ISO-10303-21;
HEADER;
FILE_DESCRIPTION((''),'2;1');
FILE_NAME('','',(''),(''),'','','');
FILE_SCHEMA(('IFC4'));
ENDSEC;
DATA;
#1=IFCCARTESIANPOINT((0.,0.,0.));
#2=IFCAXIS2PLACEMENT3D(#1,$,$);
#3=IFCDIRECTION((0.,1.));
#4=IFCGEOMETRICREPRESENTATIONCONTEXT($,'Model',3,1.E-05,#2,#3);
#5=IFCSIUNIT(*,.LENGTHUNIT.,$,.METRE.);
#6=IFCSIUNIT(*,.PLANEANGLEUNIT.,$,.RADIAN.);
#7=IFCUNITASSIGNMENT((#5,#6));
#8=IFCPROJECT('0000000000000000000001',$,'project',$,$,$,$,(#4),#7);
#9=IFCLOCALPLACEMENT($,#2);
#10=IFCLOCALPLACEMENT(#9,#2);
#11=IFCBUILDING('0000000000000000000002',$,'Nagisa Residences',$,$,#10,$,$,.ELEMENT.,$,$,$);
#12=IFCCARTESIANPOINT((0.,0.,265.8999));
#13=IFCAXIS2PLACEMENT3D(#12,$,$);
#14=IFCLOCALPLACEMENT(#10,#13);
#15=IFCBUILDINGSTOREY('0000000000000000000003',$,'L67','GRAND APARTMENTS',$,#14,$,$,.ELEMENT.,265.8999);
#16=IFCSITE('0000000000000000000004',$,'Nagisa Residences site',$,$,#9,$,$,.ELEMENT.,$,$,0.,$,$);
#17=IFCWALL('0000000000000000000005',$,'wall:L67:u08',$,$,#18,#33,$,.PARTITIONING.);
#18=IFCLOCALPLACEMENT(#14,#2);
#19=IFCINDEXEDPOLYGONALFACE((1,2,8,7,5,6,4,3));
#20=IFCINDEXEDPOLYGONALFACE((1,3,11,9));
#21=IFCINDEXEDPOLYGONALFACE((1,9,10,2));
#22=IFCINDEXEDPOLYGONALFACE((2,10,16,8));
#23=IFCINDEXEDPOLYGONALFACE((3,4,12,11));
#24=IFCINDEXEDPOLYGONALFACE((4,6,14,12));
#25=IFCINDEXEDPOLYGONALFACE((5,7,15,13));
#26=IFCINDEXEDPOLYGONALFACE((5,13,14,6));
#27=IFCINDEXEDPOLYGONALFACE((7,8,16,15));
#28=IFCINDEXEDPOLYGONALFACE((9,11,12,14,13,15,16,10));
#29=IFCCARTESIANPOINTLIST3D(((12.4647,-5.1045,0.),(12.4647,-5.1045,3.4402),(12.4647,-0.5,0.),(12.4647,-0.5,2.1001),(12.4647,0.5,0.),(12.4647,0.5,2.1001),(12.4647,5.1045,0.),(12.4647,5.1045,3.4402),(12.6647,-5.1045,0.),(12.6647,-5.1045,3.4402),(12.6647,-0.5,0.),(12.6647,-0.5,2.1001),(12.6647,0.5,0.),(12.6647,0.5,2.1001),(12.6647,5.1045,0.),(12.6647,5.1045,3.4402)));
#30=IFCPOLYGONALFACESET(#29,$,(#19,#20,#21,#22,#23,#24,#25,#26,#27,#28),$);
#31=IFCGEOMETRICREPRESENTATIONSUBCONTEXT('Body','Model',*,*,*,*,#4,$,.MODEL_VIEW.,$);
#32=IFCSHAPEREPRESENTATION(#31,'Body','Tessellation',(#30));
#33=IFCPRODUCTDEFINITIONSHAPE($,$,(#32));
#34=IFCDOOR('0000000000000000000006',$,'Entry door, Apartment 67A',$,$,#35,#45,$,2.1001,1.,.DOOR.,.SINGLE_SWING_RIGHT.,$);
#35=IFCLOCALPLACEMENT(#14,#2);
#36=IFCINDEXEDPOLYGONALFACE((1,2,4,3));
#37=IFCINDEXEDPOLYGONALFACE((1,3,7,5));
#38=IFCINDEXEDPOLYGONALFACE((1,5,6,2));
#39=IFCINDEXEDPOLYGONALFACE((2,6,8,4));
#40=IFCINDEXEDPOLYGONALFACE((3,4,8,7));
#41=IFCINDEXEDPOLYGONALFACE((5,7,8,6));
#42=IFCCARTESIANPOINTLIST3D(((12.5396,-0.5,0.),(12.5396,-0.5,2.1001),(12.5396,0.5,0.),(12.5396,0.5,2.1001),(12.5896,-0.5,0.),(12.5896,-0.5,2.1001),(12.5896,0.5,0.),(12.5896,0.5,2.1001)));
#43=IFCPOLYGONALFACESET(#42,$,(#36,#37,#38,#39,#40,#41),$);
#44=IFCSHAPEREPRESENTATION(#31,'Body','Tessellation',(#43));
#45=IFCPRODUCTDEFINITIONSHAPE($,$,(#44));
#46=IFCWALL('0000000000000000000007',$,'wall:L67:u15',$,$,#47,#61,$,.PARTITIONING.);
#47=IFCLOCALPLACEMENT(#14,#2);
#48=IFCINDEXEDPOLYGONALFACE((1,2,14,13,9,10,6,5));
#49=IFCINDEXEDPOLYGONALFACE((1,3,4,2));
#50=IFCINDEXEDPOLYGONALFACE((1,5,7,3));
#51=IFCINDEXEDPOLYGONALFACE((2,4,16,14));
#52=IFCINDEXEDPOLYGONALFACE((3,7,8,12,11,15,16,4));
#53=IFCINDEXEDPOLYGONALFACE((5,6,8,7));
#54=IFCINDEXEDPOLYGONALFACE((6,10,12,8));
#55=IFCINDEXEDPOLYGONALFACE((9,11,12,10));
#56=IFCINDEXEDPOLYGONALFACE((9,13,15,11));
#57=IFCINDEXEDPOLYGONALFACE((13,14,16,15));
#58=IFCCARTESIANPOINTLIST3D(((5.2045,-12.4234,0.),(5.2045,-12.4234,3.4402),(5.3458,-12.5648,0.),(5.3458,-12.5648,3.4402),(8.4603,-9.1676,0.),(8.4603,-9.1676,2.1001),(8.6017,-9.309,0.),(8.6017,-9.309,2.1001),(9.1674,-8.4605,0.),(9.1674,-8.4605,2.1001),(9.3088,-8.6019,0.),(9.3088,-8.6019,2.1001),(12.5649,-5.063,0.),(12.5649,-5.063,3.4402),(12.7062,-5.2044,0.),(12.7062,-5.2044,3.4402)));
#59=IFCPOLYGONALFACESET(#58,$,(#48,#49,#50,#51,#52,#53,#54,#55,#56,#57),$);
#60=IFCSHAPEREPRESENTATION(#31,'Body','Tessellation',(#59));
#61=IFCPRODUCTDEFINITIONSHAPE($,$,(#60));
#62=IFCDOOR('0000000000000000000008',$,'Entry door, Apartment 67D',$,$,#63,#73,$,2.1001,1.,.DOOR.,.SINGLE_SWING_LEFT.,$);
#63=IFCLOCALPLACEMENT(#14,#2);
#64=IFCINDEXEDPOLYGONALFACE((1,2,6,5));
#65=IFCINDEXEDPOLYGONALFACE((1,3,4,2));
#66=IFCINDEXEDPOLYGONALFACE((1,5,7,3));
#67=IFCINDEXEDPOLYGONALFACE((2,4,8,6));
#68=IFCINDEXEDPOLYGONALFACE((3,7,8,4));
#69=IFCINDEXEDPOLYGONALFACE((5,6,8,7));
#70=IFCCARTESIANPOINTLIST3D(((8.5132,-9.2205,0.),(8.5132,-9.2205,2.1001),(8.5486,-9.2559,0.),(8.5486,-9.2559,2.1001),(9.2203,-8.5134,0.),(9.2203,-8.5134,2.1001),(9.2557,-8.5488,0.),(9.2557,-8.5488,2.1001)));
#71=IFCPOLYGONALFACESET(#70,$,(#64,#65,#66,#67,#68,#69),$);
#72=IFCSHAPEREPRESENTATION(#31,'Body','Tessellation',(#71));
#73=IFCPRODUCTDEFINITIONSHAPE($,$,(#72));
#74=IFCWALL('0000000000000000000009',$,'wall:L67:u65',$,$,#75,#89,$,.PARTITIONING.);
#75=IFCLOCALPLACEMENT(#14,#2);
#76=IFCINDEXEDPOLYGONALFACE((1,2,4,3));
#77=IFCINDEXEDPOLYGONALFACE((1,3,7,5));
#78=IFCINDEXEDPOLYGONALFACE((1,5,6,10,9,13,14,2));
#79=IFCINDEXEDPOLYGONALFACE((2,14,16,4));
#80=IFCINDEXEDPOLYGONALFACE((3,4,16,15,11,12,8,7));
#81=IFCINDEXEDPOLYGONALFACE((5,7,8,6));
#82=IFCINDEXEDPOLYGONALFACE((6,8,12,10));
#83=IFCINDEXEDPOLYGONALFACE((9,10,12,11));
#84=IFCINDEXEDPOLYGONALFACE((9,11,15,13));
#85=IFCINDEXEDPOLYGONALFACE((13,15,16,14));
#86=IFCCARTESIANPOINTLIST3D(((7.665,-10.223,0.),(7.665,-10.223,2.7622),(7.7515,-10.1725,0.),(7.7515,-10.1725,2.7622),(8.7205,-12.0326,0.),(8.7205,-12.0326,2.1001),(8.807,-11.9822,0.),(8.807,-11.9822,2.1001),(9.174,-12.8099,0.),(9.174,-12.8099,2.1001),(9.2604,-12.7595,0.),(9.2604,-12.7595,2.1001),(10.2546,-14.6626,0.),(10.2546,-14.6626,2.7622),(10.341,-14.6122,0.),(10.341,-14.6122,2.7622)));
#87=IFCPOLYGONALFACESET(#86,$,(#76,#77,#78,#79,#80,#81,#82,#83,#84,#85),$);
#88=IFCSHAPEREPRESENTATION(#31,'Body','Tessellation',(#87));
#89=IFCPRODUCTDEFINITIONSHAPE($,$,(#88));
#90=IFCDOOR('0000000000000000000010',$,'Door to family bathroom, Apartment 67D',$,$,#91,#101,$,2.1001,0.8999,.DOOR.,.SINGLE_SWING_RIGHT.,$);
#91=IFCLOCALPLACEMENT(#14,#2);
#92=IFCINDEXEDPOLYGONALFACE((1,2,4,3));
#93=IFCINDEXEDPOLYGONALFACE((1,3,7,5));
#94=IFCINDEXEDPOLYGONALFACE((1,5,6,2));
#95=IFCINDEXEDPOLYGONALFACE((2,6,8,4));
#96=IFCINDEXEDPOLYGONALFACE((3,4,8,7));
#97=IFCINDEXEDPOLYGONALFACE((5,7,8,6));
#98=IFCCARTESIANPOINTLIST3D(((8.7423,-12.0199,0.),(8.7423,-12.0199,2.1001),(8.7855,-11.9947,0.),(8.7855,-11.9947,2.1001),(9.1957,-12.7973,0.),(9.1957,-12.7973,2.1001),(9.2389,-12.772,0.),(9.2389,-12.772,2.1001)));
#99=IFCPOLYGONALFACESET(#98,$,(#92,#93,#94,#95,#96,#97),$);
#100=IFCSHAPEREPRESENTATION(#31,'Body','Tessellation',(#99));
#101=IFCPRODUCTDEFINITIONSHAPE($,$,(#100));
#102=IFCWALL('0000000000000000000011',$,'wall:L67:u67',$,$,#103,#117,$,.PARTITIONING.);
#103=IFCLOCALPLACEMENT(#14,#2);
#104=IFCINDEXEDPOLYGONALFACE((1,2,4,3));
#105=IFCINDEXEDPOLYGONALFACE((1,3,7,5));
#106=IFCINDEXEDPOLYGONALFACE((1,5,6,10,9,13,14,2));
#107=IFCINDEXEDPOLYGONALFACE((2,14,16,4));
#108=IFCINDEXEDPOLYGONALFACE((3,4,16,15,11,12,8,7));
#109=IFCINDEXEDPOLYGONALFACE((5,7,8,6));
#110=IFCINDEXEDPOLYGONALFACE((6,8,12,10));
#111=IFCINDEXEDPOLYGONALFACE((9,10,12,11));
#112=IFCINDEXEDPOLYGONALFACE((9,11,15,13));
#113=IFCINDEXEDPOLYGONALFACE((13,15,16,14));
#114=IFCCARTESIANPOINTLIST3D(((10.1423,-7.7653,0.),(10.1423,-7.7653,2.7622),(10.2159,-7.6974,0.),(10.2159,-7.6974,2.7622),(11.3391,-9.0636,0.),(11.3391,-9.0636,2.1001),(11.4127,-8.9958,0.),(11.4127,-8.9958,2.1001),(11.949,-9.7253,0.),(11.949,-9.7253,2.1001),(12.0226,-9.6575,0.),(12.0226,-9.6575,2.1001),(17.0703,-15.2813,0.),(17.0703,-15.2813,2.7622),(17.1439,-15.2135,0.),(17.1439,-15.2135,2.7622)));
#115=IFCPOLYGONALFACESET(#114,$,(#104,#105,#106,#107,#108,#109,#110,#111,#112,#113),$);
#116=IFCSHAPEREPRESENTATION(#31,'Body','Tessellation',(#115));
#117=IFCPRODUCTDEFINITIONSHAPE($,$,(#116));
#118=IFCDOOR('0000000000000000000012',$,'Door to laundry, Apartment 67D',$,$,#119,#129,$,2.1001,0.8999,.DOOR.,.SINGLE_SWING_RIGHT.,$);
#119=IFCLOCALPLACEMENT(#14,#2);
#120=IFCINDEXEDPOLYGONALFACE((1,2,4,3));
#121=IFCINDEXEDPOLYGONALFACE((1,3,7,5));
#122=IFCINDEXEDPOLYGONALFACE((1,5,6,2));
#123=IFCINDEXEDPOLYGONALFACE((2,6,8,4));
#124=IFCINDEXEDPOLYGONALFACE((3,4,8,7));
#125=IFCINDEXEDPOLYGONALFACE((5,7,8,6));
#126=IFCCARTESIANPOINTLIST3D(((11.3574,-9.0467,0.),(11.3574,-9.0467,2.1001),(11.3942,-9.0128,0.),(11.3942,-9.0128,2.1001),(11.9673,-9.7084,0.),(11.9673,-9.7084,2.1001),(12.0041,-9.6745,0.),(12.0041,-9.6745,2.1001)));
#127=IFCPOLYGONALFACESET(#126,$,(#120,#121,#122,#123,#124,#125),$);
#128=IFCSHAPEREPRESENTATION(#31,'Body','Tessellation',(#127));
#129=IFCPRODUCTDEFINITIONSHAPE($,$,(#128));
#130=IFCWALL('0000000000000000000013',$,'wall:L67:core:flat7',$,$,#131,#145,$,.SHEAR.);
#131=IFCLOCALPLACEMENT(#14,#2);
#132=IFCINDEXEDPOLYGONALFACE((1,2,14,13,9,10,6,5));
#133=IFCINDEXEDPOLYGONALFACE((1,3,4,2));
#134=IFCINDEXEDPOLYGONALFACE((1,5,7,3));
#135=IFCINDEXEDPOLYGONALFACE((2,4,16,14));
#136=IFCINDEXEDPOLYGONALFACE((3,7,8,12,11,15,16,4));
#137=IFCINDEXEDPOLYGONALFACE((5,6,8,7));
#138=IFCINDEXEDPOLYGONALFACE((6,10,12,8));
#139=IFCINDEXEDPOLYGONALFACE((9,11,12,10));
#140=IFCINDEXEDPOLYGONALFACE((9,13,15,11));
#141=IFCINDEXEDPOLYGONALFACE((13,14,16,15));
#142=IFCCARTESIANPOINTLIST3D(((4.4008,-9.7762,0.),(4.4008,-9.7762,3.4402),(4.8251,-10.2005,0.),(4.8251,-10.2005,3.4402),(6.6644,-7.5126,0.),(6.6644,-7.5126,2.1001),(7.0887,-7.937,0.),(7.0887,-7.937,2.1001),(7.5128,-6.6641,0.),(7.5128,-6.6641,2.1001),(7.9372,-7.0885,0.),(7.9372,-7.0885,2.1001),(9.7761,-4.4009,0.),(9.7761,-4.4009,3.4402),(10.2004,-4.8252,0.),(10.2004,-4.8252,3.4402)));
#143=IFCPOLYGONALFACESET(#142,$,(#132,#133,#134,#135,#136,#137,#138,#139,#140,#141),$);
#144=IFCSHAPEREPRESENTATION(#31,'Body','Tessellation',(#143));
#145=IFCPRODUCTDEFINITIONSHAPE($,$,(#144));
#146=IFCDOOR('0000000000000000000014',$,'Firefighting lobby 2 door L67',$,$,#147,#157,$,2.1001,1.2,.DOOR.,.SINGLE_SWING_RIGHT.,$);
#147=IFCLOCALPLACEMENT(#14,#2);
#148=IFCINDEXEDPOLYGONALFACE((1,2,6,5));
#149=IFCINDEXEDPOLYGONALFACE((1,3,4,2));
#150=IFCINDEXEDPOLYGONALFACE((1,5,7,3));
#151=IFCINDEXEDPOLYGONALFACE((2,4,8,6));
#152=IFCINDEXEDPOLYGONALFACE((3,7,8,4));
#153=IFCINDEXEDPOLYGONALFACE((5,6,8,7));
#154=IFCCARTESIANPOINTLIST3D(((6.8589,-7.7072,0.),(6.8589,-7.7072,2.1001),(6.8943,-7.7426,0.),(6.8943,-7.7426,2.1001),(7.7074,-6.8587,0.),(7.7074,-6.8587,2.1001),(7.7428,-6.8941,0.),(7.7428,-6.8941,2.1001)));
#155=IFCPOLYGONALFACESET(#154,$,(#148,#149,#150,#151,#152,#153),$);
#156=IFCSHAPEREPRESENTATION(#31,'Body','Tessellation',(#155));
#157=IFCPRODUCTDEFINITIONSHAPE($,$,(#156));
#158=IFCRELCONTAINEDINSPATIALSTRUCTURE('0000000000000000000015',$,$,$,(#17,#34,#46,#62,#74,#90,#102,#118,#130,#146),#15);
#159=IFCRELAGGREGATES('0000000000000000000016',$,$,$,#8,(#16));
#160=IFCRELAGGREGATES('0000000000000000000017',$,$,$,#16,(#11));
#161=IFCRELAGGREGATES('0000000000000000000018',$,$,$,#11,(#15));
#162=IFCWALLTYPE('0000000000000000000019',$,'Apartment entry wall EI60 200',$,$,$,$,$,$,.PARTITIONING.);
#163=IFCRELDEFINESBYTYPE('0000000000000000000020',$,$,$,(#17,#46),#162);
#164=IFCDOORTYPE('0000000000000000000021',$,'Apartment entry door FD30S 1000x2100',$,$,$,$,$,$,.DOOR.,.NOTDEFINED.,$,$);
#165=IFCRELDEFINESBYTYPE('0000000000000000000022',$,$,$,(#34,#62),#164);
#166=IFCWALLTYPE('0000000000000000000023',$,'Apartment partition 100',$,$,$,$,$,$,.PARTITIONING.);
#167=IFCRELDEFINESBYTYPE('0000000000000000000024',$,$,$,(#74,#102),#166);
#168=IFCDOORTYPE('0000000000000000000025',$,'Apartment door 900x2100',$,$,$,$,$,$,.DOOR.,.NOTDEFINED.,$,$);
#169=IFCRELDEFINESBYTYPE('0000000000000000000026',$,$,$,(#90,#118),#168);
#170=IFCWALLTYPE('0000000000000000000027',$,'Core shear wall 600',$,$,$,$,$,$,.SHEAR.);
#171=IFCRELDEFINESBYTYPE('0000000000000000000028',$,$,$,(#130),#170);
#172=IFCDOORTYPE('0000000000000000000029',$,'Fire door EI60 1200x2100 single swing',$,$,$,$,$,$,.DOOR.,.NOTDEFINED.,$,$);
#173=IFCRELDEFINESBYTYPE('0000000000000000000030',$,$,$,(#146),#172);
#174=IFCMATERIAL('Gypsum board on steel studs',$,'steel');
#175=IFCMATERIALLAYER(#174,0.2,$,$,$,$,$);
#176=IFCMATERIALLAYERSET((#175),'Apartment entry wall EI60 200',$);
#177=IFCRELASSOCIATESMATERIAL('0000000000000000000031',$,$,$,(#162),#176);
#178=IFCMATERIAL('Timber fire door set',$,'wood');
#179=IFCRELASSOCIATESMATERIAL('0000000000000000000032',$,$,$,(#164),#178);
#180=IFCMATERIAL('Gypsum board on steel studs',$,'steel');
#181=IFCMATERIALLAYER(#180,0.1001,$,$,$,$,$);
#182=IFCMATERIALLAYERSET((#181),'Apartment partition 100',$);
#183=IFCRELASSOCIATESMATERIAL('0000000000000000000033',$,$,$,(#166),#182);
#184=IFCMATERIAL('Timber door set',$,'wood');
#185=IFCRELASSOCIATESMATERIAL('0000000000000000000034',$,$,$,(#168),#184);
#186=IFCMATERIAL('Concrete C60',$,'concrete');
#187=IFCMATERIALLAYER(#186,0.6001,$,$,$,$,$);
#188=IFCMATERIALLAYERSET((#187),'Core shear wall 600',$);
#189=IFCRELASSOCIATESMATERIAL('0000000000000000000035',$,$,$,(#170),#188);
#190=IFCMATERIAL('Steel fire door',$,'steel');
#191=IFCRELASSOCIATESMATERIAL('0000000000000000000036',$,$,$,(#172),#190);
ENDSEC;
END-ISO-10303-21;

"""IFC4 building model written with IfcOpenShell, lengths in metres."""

from ifc_helpers import new_model, si_unit, direction, frame, frame_2d, origin, place, context, subcontext, project, spatial, rectangle, extrude, material, layer, layer_set, type_object, element, fill, save


model = new_model("IFC4")

# Units and contexts
model_context = context("Model", 3, precision=1e-05, world=origin(), true_north=direction((0.0, 1.0)))
body_context = subcontext(model_context, "Body", "Model", "MODEL_VIEW")
ifc_project = project(units=[si_unit("LENGTHUNIT", "METRE"), si_unit("PLANEANGLEUNIT", "RADIAN")], contexts=[model_context])

# Site, building, storey
site_placement = place(None, origin())
site = spatial("IfcSite", under=ifc_project, at=site_placement, Name="Nagisa Residences site", CompositionType="ELEMENT", RefElevation=0.0)
building_placement = place(site_placement, origin())
building = spatial("IfcBuilding", under=site, at=building_placement, Name="Nagisa Residences", CompositionType="ELEMENT")
storey_placement = place(building_placement, frame((0.0, 0.0, 265.8999)))
storey = spatial("IfcBuildingStorey", under=building, at=storey_placement, Name="L67", Description="GRAND APARTMENTS", CompositionType="ELEMENT", Elevation=265.8999)

# Walls, openings, doors
ifc_material_1 = material(Name="Gypsum board on steel studs", Category="steel")
ifc_layer_1 = layer(ifc_material_1, 0.2)
ifc_layer_set_1 = layer_set([ifc_layer_1], Name="Apartment entry wall EI60 200")
wall_type_1 = type_object("IfcWallType", Name="Apartment entry wall EI60 200", PredefinedType="PARTITIONING", material=ifc_layer_set_1)
wall_1_placement = place(storey_placement, frame((12.5647, -5.1045, 0.0), z_axis=(0.0, 0.0, 1.0), x_axis=(0.0, 1.0, 0.0)))
wall_1 = element("IfcWall", 1, at=wall_1_placement, inside=storey, type_object=wall_type_1, Name="wall:L67:u08", PredefinedType="PARTITIONING", context=body_context, shape_type="SweptSolid", body=[
    extrude(rectangle(XDim=10.209, YDim=0.2, at=frame_2d((5.1045, 0.0))), origin(), (0.0, 0.0, 1.0), 3.4402),
])
opening_1_placement = place(wall_1_placement, frame((4.6045, 0.0, 0.0)))
opening_1 = element("IfcOpeningElement", 2, at=opening_1_placement, cuts=wall_1, PredefinedType="OPENING", context=body_context, shape_type="SweptSolid", body=[
    extrude(rectangle(XDim=1.0, YDim=2.1001, at=frame_2d((0.5, 1.05))), frame((0.0, 0.1099, 0.0), z_axis=(0.0, -1.0, 0.0), x_axis=(1.0, 0.0, 0.0)), (0.0, 0.0, 1.0), 0.22),
])
ifc_material_2 = material(Name="Timber fire door set", Category="wood")
door_type_1 = type_object("IfcDoorType", Name="Apartment entry door FD30S 1000x2100", OperationType="NOTDEFINED", PredefinedType="DOOR", material=ifc_material_2)
door_1_placement = place(opening_1_placement, frame((1.0, 0.0, 0.0), x_axis=(-1.0, 0.0, 0.0)))
door_1 = element("IfcDoor", 3, at=door_1_placement, inside=storey, type_object=door_type_1, Name="Entry door, Apartment 67A", OperationType="SINGLE_SWING_RIGHT", OverallHeight=2.1001, OverallWidth=1.0, PredefinedType="DOOR", context=body_context, shape_type="SweptSolid", body=[
    extrude(rectangle(XDim=1.0, YDim=2.1001, at=frame_2d((0.5, 1.05))), frame((0.0, 0.0249, 0.0), z_axis=(0.0, -1.0, 0.0), x_axis=(1.0, 0.0, 0.0)), (0.0, 0.0, 1.0), 0.05),
])
fill(opening_1, door_1)
wall_2_placement = place(storey_placement, frame((5.2751, -12.4941, 0.0), z_axis=(0.0, 0.0, 1.0), x_axis=(0.707107, 0.707107, 0.0)))
wall_2 = element("IfcWall", 4, at=wall_2_placement, inside=storey, type_object=wall_type_1, Name="wall:L67:u15", PredefinedType="PARTITIONING", context=body_context, shape_type="SweptSolid", body=[
    extrude(rectangle(XDim=10.4092, YDim=0.2, at=frame_2d((5.2046, 0.0))), origin(), (0.0, 0.0, 1.0), 3.4402),
])
opening_2_placement = place(wall_2_placement, frame((4.6045, 0.0, 0.0)))
opening_2 = element("IfcOpeningElement", 5, at=opening_2_placement, cuts=wall_2, PredefinedType="OPENING", context=body_context, shape_type="SweptSolid", body=[
    extrude(rectangle(XDim=1.0, YDim=2.1001, at=frame_2d((0.5, 1.05))), frame((0.0, 0.1099, 0.0), z_axis=(0.0, -1.0, 0.0), x_axis=(1.0, 0.0, 0.0)), (0.0, 0.0, 1.0), 0.22),
])
door_2_placement = place(opening_2_placement, frame((1.0, 0.0, 0.0), x_axis=(-1.0, 0.0, 0.0)))
door_2 = element("IfcDoor", 6, at=door_2_placement, inside=storey, type_object=door_type_1, Name="Entry door, Apartment 67D", OperationType="SINGLE_SWING_LEFT", OverallHeight=2.1001, OverallWidth=1.0, PredefinedType="DOOR", context=body_context, shape_type="SweptSolid", body=[
    extrude(rectangle(XDim=1.0, YDim=2.1001, at=frame_2d((0.5, 1.05))), frame((0.0, 0.0249, 0.0), z_axis=(0.0, -1.0, 0.0), x_axis=(1.0, 0.0, 0.0)), (0.0, 0.0, 1.0), 0.05),
])
fill(opening_2, door_2)
ifc_material_3 = material(Name="Gypsum board on steel studs", Category="steel")
ifc_layer_2 = layer(ifc_material_3, 0.1001)
ifc_layer_set_2 = layer_set([ifc_layer_2], Name="Apartment partition 100")
wall_type_2 = type_object("IfcWallType", Name="Apartment partition 100", PredefinedType="PARTITIONING", material=ifc_layer_set_2)
wall_3_placement = place(storey_placement, frame((7.7083, -10.1978, 0.0), z_axis=(0.0, 0.0, 1.0), x_axis=(0.503839, -0.863798, 0.0)))
wall_3 = element("IfcWall", 7, at=wall_3_placement, inside=storey, type_object=wall_type_2, Name="wall:L67:u65", PredefinedType="PARTITIONING", context=body_context, shape_type="SweptSolid", body=[
    extrude(rectangle(XDim=5.1396, YDim=0.1001, at=frame_2d((2.5698, 0.0))), origin(), (0.0, 0.0, 1.0), 2.7622),
])
opening_3_placement = place(wall_3_placement, frame((2.095, 0.0, 0.0)))
opening_3 = element("IfcOpeningElement", 8, at=opening_3_placement, cuts=wall_3, PredefinedType="OPENING", context=body_context, shape_type="SweptSolid", body=[
    extrude(rectangle(XDim=0.8999, YDim=2.1001, at=frame_2d((0.45, 1.05))), frame((0.0, 0.0601, 0.0), z_axis=(0.0, -1.0, 0.0), x_axis=(1.0, 0.0, 0.0)), (0.0, 0.0, 1.0), 0.1201),
])
ifc_material_4 = material(Name="Timber door set", Category="wood")
door_type_2 = type_object("IfcDoorType", Name="Apartment door 900x2100", OperationType="NOTDEFINED", PredefinedType="DOOR", material=ifc_material_4)
door_3_placement = place(opening_3_placement, frame((0.8999, 0.0, 0.0), x_axis=(-1.0, 0.0, 0.0)))
door_3 = element("IfcDoor", 9, at=door_3_placement, inside=storey, type_object=door_type_2, Name="Door to family bathroom, Apartment 67D", OperationType="SINGLE_SWING_RIGHT", OverallHeight=2.1001, OverallWidth=0.8999, PredefinedType="DOOR", context=body_context, shape_type="SweptSolid", body=[
    extrude(rectangle(XDim=0.8999, YDim=2.1001, at=frame_2d((0.45, 1.05))), frame((0.0, 0.0249, 0.0), z_axis=(0.0, -1.0, 0.0), x_axis=(1.0, 0.0, 0.0)), (0.0, 0.0, 1.0), 0.05),
])
fill(opening_3, door_3)
wall_4_placement = place(storey_placement, frame((10.1792, -7.7314, 0.0), z_axis=(0.0, 0.0, 1.0), x_axis=(0.677753, -0.735289, 0.0)))
wall_4 = element("IfcWall", 10, at=wall_4_placement, inside=storey, type_object=wall_type_2, Name="wall:L67:u67", PredefinedType="PARTITIONING", context=body_context, shape_type="SweptSolid", body=[
    extrude(rectangle(XDim=10.2219, YDim=0.1001, at=frame_2d((5.1108, 0.0))), origin(), (0.0, 0.0, 1.0), 2.7622),
])
opening_4_placement = place(wall_4_placement, frame((1.7656, 0.0, 0.0)))
opening_4 = element("IfcOpeningElement", 11, at=opening_4_placement, cuts=wall_4, PredefinedType="OPENING", context=body_context, shape_type="SweptSolid", body=[
    extrude(rectangle(XDim=0.8999, YDim=2.1001, at=frame_2d((0.45, 1.05))), frame((0.0, 0.0601, 0.0), z_axis=(0.0, -1.0, 0.0), x_axis=(1.0, 0.0, 0.0)), (0.0, 0.0, 1.0), 0.1201),
])
door_4_placement = place(opening_4_placement, origin())
door_4 = element("IfcDoor", 12, at=door_4_placement, inside=storey, type_object=door_type_2, Name="Door to laundry, Apartment 67D", OperationType="SINGLE_SWING_RIGHT", OverallHeight=2.1001, OverallWidth=0.8999, PredefinedType="DOOR", context=body_context, shape_type="SweptSolid", body=[
    extrude(rectangle(XDim=0.8999, YDim=2.1001, at=frame_2d((0.45, 1.05))), frame((0.0, 0.0249, 0.0), z_axis=(0.0, -1.0, 0.0), x_axis=(1.0, 0.0, 0.0)), (0.0, 0.0, 1.0), 0.05),
])
fill(opening_4, door_4)
ifc_material_5 = material(Name="Concrete C60", Category="concrete")
ifc_layer_3 = layer(ifc_material_5, 0.6001)
ifc_layer_set_3 = layer_set([ifc_layer_3], Name="Core shear wall 600")
wall_type_3 = type_object("IfcWallType", Name="Core shear wall 600", PredefinedType="SHEAR", material=ifc_layer_set_3)
wall_5_placement = place(storey_placement, frame((4.613, -9.9883, 0.0), z_axis=(0.0, 0.0, 1.0), x_axis=(0.707107, 0.707107, 0.0)))
wall_5 = element("IfcWall", 13, at=wall_5_placement, inside=storey, type_object=wall_type_3, Name="wall:L67:core:flat7", PredefinedType="SHEAR", context=body_context, shape_type="SweptSolid", body=[
    extrude(rectangle(XDim=7.6018, YDim=0.6001, at=frame_2d((3.8008, 0.0))), origin(), (0.0, 0.0, 1.0), 3.4402),
])
opening_5_placement = place(wall_5_placement, frame((3.2009, 0.0, 0.0)))
opening_5 = element("IfcOpeningElement", 14, at=opening_5_placement, cuts=wall_5, PredefinedType="OPENING", context=body_context, shape_type="SweptSolid", body=[
    extrude(rectangle(XDim=1.2, YDim=2.1001, at=frame_2d((0.6001, 1.05))), frame((0.0, 0.3101, 0.0), z_axis=(0.0, -1.0, 0.0), x_axis=(1.0, 0.0, 0.0)), (0.0, 0.0, 1.0), 0.6201),
])
ifc_material_6 = material(Name="Steel fire door", Category="steel")
door_type_3 = type_object("IfcDoorType", Name="Fire door EI60 1200x2100 single swing", OperationType="NOTDEFINED", PredefinedType="DOOR", material=ifc_material_6)
door_5_placement = place(opening_5_placement, origin())
door_5 = element("IfcDoor", 15, at=door_5_placement, inside=storey, type_object=door_type_3, Name="Firefighting lobby 2 door L67", OperationType="SINGLE_SWING_RIGHT", OverallHeight=2.1001, OverallWidth=1.2, PredefinedType="DOOR", context=body_context, shape_type="SweptSolid", body=[
    extrude(rectangle(XDim=1.2, YDim=2.1001, at=frame_2d((0.6001, 1.05))), frame((0.0, 0.0249, 0.0), z_axis=(0.0, -1.0, 0.0), x_axis=(1.0, 0.0, 0.0)), (0.0, 0.0, 1.0), 0.05),
])
fill(opening_5, door_5)

save(model, "model.ifc")
